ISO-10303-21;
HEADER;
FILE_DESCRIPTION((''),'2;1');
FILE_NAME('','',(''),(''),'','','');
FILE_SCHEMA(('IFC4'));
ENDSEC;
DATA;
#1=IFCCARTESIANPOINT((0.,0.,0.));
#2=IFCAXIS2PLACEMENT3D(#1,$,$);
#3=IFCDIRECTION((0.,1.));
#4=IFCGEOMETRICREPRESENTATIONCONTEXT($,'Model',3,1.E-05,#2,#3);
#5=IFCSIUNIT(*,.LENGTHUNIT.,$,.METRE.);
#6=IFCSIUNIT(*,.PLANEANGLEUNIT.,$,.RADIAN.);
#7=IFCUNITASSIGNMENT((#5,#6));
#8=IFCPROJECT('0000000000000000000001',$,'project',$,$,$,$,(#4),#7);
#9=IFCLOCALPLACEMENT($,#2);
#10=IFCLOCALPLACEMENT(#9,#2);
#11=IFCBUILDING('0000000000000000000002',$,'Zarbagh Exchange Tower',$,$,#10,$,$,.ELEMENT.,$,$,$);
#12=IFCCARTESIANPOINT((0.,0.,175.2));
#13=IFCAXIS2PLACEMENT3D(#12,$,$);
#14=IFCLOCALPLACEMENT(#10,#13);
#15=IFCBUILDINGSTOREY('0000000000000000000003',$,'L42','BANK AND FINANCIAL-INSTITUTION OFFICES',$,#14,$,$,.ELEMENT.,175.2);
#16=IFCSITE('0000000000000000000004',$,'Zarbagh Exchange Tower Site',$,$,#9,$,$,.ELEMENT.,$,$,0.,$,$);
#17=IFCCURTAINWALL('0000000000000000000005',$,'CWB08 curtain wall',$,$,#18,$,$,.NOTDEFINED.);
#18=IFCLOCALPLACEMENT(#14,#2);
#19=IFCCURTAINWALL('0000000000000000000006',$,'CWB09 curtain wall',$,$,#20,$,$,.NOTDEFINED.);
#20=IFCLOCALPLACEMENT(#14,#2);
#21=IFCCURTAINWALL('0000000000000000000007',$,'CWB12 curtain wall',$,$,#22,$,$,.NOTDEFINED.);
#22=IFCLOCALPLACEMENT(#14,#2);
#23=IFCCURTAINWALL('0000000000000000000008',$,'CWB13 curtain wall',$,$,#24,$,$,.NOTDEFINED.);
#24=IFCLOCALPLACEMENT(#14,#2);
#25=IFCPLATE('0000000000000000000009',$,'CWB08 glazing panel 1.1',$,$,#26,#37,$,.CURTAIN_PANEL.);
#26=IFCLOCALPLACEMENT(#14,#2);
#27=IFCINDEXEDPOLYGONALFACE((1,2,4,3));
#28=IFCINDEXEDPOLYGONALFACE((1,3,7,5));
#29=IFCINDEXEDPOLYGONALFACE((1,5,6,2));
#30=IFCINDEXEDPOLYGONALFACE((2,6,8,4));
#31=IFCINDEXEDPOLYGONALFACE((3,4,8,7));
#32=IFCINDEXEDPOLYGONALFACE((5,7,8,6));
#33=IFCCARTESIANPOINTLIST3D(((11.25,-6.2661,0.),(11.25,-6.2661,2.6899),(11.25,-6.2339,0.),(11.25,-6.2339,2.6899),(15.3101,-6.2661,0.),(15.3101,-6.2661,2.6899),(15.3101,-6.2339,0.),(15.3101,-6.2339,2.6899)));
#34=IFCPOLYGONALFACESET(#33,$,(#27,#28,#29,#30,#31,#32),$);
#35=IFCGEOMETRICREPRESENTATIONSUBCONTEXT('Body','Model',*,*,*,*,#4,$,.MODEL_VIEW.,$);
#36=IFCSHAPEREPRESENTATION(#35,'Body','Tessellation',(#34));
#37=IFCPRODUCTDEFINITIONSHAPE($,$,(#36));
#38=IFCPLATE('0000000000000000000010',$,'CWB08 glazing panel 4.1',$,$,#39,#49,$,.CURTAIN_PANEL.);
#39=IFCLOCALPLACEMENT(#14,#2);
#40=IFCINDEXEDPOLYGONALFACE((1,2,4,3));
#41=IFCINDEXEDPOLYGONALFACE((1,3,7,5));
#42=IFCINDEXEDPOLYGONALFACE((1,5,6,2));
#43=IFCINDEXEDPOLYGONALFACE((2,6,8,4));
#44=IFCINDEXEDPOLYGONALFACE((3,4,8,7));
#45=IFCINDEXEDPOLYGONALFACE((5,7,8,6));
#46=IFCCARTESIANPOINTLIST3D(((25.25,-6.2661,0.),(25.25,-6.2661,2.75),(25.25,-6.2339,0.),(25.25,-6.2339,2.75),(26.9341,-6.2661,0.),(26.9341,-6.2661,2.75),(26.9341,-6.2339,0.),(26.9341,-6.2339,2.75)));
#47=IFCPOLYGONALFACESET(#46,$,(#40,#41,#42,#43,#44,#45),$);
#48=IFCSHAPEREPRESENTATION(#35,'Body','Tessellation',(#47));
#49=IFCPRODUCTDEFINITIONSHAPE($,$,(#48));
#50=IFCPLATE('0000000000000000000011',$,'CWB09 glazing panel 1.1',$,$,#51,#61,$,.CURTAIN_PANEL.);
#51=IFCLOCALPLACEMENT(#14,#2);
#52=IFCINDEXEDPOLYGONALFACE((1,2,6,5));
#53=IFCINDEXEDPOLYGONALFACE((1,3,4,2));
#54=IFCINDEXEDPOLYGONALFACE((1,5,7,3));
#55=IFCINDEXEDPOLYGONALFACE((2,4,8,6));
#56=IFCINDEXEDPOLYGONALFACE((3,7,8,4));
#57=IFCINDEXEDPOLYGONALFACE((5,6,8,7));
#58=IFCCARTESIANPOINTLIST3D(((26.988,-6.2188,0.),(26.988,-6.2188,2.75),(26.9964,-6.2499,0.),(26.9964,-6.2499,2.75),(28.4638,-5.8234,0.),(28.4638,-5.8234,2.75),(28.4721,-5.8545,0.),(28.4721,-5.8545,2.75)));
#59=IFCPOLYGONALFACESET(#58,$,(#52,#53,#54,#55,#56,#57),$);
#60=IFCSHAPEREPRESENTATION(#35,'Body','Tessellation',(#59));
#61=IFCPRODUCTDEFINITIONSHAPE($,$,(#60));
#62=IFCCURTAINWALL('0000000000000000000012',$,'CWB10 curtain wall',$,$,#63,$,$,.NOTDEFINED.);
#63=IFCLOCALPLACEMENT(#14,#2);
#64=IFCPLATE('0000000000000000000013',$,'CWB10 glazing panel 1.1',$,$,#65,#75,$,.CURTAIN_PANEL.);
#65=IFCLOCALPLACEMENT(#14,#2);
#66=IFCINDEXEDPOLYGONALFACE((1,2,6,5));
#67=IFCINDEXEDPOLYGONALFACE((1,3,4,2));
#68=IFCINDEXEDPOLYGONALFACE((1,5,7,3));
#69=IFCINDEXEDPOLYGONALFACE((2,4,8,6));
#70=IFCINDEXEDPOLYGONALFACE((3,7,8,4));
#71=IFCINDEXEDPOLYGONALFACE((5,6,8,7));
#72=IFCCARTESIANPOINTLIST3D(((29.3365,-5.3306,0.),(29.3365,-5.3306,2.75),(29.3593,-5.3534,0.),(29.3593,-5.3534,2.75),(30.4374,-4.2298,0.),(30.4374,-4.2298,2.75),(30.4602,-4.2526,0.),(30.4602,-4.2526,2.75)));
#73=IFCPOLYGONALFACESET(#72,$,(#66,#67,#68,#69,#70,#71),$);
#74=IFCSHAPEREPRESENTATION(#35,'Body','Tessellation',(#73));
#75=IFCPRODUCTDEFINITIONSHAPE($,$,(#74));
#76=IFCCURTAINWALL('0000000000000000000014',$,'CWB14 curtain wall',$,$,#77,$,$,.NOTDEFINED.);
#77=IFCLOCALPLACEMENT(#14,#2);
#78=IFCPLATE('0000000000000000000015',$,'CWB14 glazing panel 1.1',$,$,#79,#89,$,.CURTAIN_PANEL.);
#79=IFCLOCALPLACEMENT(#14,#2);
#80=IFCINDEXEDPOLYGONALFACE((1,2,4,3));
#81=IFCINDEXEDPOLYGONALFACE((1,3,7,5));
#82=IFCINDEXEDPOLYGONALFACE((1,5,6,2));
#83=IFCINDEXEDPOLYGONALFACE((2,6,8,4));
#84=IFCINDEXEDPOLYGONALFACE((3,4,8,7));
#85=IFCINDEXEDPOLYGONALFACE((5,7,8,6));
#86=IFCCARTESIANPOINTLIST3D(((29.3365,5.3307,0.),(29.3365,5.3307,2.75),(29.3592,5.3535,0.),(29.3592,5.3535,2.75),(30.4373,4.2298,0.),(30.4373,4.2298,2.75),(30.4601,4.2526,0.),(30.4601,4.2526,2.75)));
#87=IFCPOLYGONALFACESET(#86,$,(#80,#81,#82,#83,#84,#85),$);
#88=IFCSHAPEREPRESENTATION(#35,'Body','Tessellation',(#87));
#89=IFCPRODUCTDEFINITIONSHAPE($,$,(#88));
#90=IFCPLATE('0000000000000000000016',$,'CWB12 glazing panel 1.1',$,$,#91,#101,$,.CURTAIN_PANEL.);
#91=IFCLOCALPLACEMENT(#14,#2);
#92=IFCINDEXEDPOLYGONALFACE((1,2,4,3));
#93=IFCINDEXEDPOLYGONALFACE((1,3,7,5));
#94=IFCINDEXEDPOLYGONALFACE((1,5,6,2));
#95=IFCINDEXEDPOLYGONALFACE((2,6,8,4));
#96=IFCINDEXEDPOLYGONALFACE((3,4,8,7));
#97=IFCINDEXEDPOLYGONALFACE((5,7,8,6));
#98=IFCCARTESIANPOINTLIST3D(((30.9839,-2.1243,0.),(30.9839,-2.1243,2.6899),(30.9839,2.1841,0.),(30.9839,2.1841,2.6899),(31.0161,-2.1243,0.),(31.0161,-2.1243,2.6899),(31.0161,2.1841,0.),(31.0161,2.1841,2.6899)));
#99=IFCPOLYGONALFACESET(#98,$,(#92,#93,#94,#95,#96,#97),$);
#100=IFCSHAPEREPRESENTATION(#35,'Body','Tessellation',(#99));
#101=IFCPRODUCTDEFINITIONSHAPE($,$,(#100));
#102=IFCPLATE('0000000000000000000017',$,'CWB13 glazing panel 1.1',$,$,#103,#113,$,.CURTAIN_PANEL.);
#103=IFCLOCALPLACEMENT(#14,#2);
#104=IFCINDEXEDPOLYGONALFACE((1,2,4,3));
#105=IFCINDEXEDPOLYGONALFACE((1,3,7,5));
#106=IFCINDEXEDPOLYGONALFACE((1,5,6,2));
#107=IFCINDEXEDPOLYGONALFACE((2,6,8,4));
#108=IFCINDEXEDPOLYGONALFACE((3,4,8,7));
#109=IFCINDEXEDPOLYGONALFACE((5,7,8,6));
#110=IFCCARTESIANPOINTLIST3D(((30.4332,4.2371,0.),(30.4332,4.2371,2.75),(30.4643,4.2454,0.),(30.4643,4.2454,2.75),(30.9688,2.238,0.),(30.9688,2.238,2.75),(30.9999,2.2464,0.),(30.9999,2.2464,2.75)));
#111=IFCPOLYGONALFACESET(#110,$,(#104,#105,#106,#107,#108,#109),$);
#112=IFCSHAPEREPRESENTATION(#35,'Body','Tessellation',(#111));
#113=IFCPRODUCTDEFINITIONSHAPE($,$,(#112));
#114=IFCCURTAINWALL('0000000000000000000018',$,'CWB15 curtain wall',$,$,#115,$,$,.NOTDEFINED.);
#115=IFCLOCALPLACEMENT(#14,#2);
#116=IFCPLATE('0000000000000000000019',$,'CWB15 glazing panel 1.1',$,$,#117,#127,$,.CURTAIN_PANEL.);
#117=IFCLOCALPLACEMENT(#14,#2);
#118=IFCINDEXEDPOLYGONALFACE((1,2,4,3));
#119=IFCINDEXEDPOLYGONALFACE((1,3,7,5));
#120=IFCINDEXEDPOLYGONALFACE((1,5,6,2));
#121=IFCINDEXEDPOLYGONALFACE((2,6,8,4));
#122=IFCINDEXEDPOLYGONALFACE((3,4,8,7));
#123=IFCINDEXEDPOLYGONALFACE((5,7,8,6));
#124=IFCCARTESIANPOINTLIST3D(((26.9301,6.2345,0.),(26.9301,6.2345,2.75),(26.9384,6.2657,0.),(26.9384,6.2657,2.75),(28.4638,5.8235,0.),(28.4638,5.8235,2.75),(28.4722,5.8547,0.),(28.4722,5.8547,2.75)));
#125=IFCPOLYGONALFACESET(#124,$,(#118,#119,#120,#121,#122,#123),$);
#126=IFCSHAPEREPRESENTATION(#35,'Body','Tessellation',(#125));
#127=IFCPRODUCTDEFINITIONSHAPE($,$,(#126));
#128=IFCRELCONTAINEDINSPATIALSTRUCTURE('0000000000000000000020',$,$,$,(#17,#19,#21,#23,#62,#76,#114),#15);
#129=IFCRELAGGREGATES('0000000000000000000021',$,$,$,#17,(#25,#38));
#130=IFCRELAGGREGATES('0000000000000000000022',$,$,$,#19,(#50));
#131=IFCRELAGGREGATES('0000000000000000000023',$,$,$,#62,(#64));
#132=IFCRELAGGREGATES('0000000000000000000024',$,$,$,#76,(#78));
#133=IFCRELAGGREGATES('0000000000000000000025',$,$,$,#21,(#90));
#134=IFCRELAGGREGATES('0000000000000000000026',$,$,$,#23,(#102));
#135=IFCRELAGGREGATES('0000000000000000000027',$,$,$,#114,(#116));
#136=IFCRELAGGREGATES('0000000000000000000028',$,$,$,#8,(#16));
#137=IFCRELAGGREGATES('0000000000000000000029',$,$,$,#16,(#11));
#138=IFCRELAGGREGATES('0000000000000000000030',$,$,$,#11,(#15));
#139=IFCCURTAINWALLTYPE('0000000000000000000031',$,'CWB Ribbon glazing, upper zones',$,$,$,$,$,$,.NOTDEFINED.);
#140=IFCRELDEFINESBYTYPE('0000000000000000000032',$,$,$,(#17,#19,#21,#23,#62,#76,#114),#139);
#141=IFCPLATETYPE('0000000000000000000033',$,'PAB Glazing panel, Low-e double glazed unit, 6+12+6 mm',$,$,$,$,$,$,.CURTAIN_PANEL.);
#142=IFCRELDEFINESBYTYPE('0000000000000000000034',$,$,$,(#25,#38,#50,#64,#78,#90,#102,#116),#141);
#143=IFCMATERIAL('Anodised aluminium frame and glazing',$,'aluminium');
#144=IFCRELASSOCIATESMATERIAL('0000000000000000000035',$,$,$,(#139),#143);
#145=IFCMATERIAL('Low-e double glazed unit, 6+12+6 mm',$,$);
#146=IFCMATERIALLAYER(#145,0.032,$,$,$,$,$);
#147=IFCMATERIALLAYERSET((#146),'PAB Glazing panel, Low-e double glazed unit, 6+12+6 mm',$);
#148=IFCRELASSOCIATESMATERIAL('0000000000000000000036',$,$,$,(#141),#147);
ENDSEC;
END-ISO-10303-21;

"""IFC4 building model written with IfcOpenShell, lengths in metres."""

from ifc_helpers import new_model, si_unit, direction, frame, origin, place, context, subcontext, project, spatial, polyline, outline, extrude, source, transform, mapped, material, layer, layer_set, type_object, element, aggregate, save


model = new_model("IFC4")

# Units and contexts
model_context = context("Model", 3, precision=1e-05, world=origin(), true_north=direction((0.0, 1.0)))
body_context = subcontext(model_context, "Body", "Model", "MODEL_VIEW")
ifc_project = project(units=[si_unit("LENGTHUNIT", "METRE"), si_unit("PLANEANGLEUNIT", "RADIAN")], contexts=[model_context])

# Site, building, storey
site_placement = place(None, origin())
site = spatial("IfcSite", under=ifc_project, at=site_placement, Name="Zarbagh Exchange Tower Site", CompositionType="ELEMENT", RefElevation=0.0)
building_placement = place(site_placement, origin())
building = spatial("IfcBuilding", under=site, at=building_placement, Name="Zarbagh Exchange Tower", CompositionType="ELEMENT")
storey_placement = place(building_placement, frame((0.0, 0.0, 175.2)))
storey = spatial("IfcBuildingStorey", under=building, at=storey_placement, Name="L42", Description="BANK AND FINANCIAL-INSTITUTION OFFICES", CompositionType="ELEMENT", Elevation=175.2)

# Curtain wall
ifc_material_1 = material(Name="Anodised aluminium frame and glazing", Category="aluminium")
curtain_wall_type = type_object("IfcCurtainWallType", Name="CWB Ribbon glazing, upper zones", PredefinedType="NOTDEFINED", material=ifc_material_1)
curtain_wall_1_placement = place(storey_placement, origin())
curtain_wall_1 = element("IfcCurtainWall", 1, at=curtain_wall_1_placement, inside=storey, type_object=curtain_wall_type, Name="CWB08 curtain wall", PredefinedType="NOTDEFINED")
placement = place(storey_placement, origin())

# Curtain walls
curtain_wall_2_placement = place(storey_placement, origin())
curtain_wall_2 = element("IfcCurtainWall", 2, at=curtain_wall_2_placement, inside=storey, type_object=curtain_wall_type, Name="CWB09 curtain wall", PredefinedType="NOTDEFINED")
curtain_wall_3_placement = place(storey_placement, origin())
curtain_wall_3 = element("IfcCurtainWall", 3, at=curtain_wall_3_placement, inside=storey, type_object=curtain_wall_type, Name="CWB12 curtain wall", PredefinedType="NOTDEFINED")
curtain_wall_4_placement = place(storey_placement, origin())
curtain_wall_4 = element("IfcCurtainWall", 4, at=curtain_wall_4_placement, inside=storey, type_object=curtain_wall_type, Name="CWB13 curtain wall", PredefinedType="NOTDEFINED")

# Shared definitions
ifc_material_2 = material(Name="Low-e double glazed unit, 6+12+6 mm")
ifc_layer = layer(ifc_material_2, 0.032)
ifc_layer_set = layer_set([ifc_layer], Name="PAB Glazing panel, Low-e double glazed unit, 6+12+6 mm")
plate_type = type_object("IfcPlateType", Name="PAB Glazing panel, Low-e double glazed unit, 6+12+6 mm", PredefinedType="CURTAIN_PANEL", material=ifc_layer_set)

# Plates
shared_shape_1 = source(origin(), body_context, "Body", "SweptSolid", [
    extrude(outline(polyline([(0.0, -0.0161), (4.0601, -0.0161), (4.0601, 0.0161), (0.0, 0.0161), (0.0, -0.0161)])), origin(), (0.0, 0.0, 1.0), 2.6899),
])
plate_1 = element("IfcPlate", 5, at=placement, type_object=plate_type, Name="CWB08 glazing panel 1.1", PredefinedType="CURTAIN_PANEL", context=body_context, shape_type="MappedRepresentation", body=[
    mapped(shared_shape_1, transform((11.25, -6.25, 0.0), x_axis=(1.0, 0.0, 0.0), y_axis=(0.0, 1.0, 0.0), z_axis=(0.0, 0.0, 1.0))),
])
shared_shape_2 = source(origin(), body_context, "Body", "SweptSolid", [
    extrude(outline(polyline([(0.0, -0.0161), (1.6841, -0.0161), (1.6841, 0.0161), (0.0, 0.0161), (0.0, -0.0161)])), origin(), (0.0, 0.0, 1.0), 2.75),
])
plate_2 = element("IfcPlate", 6, at=placement, type_object=plate_type, Name="CWB08 glazing panel 4.1", PredefinedType="CURTAIN_PANEL", context=body_context, shape_type="MappedRepresentation", body=[
    mapped(shared_shape_2, transform((25.25, -6.25, 0.0), x_axis=(1.0, 0.0, 0.0), y_axis=(0.0, 1.0, 0.0), z_axis=(0.0, 0.0, 1.0))),
])
aggregate(curtain_wall_1, [plate_1, plate_2])
shared_shape_3 = source(origin(), body_context, "Body", "SweptSolid", [
    extrude(outline(polyline([(0.0, -0.0161), (1.5278, -0.0161), (1.5278, 0.0161), (0.0, 0.0161), (0.0, -0.0161)])), origin(), (0.0, 0.0, 1.0), 2.75),
])
plate_3 = element("IfcPlate", 7, at=placement, type_object=plate_type, Name="CWB09 glazing panel 1.1", PredefinedType="CURTAIN_PANEL", context=body_context, shape_type="MappedRepresentation", body=[
    mapped(shared_shape_3, transform((26.9922, -6.2344, 0.0), x_axis=(0.965924, 0.258825, 0.0), y_axis=(-0.258825, 0.965924, 0.0), z_axis=(0.0, 0.0, 1.0))),
])
aggregate(curtain_wall_2, [plate_3])

# Curtain walls, plates
curtain_wall_5_placement = place(storey_placement, origin())
curtain_wall_5 = element("IfcCurtainWall", 8, at=curtain_wall_5_placement, inside=storey, type_object=curtain_wall_type, Name="CWB10 curtain wall", PredefinedType="NOTDEFINED")
shared_shape_4 = source(origin(), body_context, "Body", "SweptSolid", [
    extrude(outline(polyline([(0.0, -0.0161), (1.5569, -0.0161), (1.5569, 0.0161), (0.0, 0.0161), (0.0, -0.0161)])), origin(), (0.0, 0.0, 1.0), 2.75),
])
plate_4 = element("IfcPlate", 9, at=placement, type_object=plate_type, Name="CWB10 glazing panel 1.1", PredefinedType="CURTAIN_PANEL", context=body_context, shape_type="MappedRepresentation", body=[
    mapped(shared_shape_4, transform((29.3479, -5.342, 0.0), x_axis=(0.707107, 0.707107, 0.0), y_axis=(-0.707107, 0.707107, 0.0), z_axis=(0.0, 0.0, 1.0))),
])
aggregate(curtain_wall_5, [plate_4])
curtain_wall_6_placement = place(storey_placement, origin())
curtain_wall_6 = element("IfcCurtainWall", 10, at=curtain_wall_6_placement, inside=storey, type_object=curtain_wall_type, Name="CWB14 curtain wall", PredefinedType="NOTDEFINED")
plate_5 = element("IfcPlate", 11, at=placement, type_object=plate_type, Name="CWB14 glazing panel 1.1", PredefinedType="CURTAIN_PANEL", context=body_context, shape_type="MappedRepresentation", body=[
    mapped(shared_shape_4, transform((30.4487, 4.2412, 0.0), x_axis=(-0.707107, 0.707107, 0.0), y_axis=(-0.707107, -0.707107, 0.0), z_axis=(0.0, 0.0, 1.0))),
])
aggregate(curtain_wall_6, [plate_5])

# Plates
shared_shape_5 = source(origin(), body_context, "Body", "SweptSolid", [
    extrude(outline(polyline([(0.0, -0.0161), (4.3083, -0.0161), (4.3083, 0.0161), (0.0, 0.0161), (0.0, -0.0161)])), origin(), (0.0, 0.0, 1.0), 2.6899),
])
plate_6 = element("IfcPlate", 12, at=placement, type_object=plate_type, Name="CWB12 glazing panel 1.1", PredefinedType="CURTAIN_PANEL", context=body_context, shape_type="MappedRepresentation", body=[
    mapped(shared_shape_5, transform((31.0, -2.1243, 0.0), x_axis=(0.0, 1.0, 0.0), y_axis=(-1.0, 0.0, 0.0), z_axis=(0.0, 0.0, 1.0))),
])
aggregate(curtain_wall_3, [plate_6])
shared_shape_6 = source(origin(), body_context, "Body", "SweptSolid", [
    extrude(outline(polyline([(0.0, -0.0161), (2.0696, -0.0161), (2.0696, 0.0161), (0.0, 0.0161), (0.0, -0.0161)])), origin(), (0.0, 0.0, 1.0), 2.75),
])
plate_7 = element("IfcPlate", 13, at=placement, type_object=plate_type, Name="CWB13 glazing panel 1.1", PredefinedType="CURTAIN_PANEL", context=body_context, shape_type="MappedRepresentation", body=[
    mapped(shared_shape_6, transform((30.9844, 2.2422, 0.0), x_axis=(-0.258825, 0.965924, 0.0), y_axis=(-0.965924, -0.258825, 0.0), z_axis=(0.0, 0.0, 1.0))),
])
aggregate(curtain_wall_4, [plate_7])

# Curtain wall, plate
curtain_wall_7_placement = place(storey_placement, origin())
curtain_wall_7 = element("IfcCurtainWall", 14, at=curtain_wall_7_placement, inside=storey, type_object=curtain_wall_type, Name="CWB15 curtain wall", PredefinedType="NOTDEFINED")
shared_shape_7 = source(origin(), body_context, "Body", "SweptSolid", [
    extrude(outline(polyline([(0.0, -0.0161), (1.5879, -0.0161), (1.5879, 0.0161), (0.0, 0.0161), (0.0, -0.0161)])), origin(), (0.0, 0.0, 1.0), 2.75),
])
plate_8 = element("IfcPlate", 15, at=placement, type_object=plate_type, Name="CWB15 glazing panel 1.1", PredefinedType="CURTAIN_PANEL", context=body_context, shape_type="MappedRepresentation", body=[
    mapped(shared_shape_7, transform((28.468, 5.8391, 0.0), x_axis=(-0.965924, 0.258825, 0.0), y_axis=(-0.258825, -0.965924, 0.0), z_axis=(0.0, 0.0, 1.0))),
])
aggregate(curtain_wall_7, [plate_8])

save(model, "model.ifc")
